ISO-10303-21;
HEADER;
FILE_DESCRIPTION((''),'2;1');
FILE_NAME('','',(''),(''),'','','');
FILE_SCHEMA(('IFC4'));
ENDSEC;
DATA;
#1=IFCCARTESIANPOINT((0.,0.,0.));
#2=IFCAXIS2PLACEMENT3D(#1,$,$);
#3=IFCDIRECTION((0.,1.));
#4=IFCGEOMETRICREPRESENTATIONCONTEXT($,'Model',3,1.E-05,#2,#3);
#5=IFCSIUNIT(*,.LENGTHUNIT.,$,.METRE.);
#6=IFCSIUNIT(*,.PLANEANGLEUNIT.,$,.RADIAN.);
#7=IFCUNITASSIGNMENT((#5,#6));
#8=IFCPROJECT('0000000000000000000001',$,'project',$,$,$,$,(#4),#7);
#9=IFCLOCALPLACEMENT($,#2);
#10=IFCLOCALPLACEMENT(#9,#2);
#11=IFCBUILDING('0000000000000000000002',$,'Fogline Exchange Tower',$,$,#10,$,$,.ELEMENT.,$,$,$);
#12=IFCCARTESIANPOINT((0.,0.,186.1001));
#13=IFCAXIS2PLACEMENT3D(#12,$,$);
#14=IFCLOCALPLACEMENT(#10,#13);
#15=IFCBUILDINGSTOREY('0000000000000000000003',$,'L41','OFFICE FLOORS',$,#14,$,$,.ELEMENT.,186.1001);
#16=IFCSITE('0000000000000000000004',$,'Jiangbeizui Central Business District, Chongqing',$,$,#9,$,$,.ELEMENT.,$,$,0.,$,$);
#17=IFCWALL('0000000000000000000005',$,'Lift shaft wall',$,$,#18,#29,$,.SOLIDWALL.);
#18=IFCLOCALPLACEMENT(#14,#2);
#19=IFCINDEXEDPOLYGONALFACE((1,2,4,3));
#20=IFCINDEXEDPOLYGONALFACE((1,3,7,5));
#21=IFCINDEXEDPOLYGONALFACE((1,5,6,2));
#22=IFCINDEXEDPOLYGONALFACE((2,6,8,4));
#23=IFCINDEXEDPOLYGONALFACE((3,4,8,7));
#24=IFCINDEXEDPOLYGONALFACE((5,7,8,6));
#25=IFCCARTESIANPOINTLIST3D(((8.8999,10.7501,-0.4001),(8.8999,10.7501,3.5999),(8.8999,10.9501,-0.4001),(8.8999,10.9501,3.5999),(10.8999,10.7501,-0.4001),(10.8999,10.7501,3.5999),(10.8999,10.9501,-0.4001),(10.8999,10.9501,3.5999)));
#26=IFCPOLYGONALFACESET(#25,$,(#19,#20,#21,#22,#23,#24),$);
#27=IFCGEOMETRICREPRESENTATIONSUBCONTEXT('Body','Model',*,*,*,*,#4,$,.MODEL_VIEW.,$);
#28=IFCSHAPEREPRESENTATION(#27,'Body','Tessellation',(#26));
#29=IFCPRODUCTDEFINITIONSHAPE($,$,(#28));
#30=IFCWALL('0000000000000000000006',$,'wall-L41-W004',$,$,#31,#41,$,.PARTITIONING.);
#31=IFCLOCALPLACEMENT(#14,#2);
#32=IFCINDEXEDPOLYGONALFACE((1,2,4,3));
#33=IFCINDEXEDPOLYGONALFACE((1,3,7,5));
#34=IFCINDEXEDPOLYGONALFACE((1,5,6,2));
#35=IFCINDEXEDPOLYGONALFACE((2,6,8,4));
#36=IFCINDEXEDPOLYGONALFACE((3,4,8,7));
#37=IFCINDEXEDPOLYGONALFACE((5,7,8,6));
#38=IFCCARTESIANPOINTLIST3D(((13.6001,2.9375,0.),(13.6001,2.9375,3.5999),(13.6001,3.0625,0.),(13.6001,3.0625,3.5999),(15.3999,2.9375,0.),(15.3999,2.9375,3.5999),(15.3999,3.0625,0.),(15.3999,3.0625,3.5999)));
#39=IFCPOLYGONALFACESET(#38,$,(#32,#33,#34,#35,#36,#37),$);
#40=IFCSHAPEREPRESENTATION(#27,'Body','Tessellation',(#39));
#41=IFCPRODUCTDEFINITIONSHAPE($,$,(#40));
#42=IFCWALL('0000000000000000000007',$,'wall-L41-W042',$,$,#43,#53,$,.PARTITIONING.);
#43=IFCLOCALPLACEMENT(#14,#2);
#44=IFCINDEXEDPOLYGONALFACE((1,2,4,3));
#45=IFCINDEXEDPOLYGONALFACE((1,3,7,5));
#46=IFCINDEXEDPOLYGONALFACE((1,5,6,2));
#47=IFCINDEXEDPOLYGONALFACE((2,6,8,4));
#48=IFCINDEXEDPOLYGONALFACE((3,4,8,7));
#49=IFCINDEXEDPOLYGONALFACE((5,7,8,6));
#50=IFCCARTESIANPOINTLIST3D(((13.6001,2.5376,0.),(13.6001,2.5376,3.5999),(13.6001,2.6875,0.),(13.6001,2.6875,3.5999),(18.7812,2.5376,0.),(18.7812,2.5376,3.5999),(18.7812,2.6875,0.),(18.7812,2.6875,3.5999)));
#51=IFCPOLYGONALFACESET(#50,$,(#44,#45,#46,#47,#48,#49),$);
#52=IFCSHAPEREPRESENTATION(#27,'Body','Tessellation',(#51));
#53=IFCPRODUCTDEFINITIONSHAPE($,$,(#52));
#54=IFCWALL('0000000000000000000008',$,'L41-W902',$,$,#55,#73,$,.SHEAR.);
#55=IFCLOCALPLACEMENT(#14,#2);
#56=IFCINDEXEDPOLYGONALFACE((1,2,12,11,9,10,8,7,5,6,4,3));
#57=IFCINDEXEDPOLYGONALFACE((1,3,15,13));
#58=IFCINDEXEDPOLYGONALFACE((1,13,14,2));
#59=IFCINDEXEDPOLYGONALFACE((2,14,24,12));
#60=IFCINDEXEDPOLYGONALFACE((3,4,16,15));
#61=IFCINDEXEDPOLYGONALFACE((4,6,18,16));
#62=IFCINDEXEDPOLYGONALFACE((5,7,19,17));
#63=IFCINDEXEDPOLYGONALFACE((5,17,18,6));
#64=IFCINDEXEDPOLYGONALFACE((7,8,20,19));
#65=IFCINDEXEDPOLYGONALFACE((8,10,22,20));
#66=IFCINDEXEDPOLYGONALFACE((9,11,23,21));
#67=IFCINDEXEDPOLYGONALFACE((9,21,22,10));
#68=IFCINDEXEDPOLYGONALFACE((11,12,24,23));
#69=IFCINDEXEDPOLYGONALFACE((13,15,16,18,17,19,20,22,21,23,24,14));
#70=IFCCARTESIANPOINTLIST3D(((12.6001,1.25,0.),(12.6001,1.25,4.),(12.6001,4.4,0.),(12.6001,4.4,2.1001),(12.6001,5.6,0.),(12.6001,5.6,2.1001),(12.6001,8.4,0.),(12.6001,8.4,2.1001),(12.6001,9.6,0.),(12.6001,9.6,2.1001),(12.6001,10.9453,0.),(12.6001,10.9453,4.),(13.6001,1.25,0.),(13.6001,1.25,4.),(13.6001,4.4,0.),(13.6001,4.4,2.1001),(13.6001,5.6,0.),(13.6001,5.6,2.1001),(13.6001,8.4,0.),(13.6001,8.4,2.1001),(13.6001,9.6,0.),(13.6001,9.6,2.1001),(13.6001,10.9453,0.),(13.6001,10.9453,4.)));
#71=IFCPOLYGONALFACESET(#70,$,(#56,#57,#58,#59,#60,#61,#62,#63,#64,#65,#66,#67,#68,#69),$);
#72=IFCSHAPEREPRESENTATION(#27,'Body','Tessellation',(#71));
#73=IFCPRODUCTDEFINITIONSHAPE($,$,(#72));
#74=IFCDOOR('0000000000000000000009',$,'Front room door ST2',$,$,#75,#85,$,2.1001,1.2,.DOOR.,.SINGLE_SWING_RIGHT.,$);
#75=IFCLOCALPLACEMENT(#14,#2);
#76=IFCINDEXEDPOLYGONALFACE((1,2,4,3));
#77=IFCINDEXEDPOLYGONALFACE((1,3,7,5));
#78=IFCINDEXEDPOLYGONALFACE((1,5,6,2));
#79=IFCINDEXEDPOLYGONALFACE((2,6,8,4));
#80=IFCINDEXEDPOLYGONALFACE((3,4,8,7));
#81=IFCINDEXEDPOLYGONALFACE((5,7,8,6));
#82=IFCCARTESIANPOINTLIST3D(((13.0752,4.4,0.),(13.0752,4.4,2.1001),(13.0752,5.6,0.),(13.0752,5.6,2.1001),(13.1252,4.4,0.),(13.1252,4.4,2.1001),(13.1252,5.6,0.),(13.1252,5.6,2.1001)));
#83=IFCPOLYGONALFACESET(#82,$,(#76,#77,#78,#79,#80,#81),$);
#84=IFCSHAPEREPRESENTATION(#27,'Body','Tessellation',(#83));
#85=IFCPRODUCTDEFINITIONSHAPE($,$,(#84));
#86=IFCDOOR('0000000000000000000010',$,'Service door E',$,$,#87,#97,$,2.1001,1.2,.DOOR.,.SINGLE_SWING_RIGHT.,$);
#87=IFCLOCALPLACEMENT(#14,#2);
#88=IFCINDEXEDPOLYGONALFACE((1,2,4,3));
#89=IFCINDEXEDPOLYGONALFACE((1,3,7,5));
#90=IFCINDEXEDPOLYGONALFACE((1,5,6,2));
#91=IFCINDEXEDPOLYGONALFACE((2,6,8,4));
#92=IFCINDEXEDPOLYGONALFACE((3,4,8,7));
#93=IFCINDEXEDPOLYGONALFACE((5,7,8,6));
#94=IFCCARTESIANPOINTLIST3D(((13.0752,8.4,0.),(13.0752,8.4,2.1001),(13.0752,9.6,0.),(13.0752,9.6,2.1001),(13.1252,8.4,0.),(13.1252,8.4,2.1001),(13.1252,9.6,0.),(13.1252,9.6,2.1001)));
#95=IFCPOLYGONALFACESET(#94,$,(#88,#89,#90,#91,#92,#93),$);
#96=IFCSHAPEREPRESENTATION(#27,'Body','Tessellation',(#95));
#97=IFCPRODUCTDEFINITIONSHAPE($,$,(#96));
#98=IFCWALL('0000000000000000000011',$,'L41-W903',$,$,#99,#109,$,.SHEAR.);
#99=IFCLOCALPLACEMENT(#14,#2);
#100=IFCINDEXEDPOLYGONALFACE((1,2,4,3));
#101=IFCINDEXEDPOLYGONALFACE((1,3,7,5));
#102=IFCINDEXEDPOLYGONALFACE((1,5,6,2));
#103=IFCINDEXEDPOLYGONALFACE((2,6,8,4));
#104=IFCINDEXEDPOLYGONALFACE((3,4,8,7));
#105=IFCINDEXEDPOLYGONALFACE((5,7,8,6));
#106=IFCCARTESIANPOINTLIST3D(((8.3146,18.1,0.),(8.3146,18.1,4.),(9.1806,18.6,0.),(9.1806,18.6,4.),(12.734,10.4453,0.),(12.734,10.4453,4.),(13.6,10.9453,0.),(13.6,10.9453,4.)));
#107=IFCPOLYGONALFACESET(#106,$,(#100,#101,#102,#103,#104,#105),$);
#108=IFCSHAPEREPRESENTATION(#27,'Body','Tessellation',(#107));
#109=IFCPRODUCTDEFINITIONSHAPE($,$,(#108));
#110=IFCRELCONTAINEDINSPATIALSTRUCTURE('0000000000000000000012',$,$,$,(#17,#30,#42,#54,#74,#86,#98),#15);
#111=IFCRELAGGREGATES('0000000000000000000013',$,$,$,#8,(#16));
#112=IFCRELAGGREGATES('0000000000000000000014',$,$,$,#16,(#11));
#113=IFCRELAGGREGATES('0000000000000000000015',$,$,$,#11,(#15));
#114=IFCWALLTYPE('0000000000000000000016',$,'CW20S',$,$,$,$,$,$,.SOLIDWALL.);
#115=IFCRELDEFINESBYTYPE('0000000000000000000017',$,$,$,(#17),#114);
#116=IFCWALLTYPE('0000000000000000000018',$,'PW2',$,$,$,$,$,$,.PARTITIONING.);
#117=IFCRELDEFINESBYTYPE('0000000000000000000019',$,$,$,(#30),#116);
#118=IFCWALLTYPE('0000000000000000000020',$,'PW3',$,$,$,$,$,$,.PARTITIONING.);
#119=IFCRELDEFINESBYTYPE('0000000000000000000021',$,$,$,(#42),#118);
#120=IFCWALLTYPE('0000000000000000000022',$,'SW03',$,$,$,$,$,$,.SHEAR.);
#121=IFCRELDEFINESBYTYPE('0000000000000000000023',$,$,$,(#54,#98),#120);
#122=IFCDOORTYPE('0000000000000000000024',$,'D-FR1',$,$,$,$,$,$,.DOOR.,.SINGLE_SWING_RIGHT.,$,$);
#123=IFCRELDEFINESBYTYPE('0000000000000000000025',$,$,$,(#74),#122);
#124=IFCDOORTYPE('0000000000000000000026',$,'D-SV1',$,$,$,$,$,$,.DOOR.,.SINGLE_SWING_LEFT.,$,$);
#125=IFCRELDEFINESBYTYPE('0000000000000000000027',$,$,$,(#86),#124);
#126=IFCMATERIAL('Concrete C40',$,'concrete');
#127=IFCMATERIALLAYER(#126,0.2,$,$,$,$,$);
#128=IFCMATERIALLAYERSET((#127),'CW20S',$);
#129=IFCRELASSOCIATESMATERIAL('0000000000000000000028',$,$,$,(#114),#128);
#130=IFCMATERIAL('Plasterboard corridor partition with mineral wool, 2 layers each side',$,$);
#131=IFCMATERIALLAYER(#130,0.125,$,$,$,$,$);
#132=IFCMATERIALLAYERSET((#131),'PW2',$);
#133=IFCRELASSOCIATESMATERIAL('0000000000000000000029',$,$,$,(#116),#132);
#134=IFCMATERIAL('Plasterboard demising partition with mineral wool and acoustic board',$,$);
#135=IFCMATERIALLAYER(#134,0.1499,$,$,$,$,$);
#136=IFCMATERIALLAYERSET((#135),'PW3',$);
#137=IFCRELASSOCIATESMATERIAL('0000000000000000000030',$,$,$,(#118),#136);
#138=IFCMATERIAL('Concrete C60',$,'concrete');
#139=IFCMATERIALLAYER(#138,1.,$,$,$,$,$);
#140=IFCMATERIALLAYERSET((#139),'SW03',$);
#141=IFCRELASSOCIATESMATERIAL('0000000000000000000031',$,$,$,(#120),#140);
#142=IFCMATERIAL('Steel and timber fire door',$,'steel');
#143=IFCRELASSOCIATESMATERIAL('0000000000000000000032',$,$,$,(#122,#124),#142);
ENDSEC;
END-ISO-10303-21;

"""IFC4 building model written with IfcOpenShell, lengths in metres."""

from ifc_helpers import new_model, si_unit, direction, frame, frame_2d, origin, place, context, subcontext, project, spatial, rectangle, extrude, material, layer, layer_set, type_object, element, fill, save


model = new_model("IFC4")

# Units and contexts
model_context = context("Model", 3, precision=1e-05, world=origin(), true_north=direction((0.0, 1.0)))
body_context = subcontext(model_context, "Body", "Model", "MODEL_VIEW")
ifc_project = project(units=[si_unit("LENGTHUNIT", "METRE"), si_unit("PLANEANGLEUNIT", "RADIAN")], contexts=[model_context])

# Site, building, storey
site_placement = place(None, origin())
site = spatial("IfcSite", under=ifc_project, at=site_placement, Name="Jiangbeizui Central Business District, Chongqing", CompositionType="ELEMENT", RefElevation=0.0)
building_placement = place(site_placement, origin())
building = spatial("IfcBuilding", under=site, at=building_placement, Name="Fogline Exchange Tower", CompositionType="ELEMENT")
storey_placement = place(building_placement, frame((0.0, 0.0, 186.1001)))
storey = spatial("IfcBuildingStorey", under=building, at=storey_placement, Name="L41", Description="OFFICE FLOORS", CompositionType="ELEMENT", Elevation=186.1001)

# Shared definitions
ifc_material_1 = material(Name="Concrete C60", Category="concrete")

# Shared definitions
ifc_material_2 = material(Name="Concrete C40", Category="concrete")

# Shared definitions
ifc_material_3 = material(Name="Steel and timber fire door", Category="steel")

# Walls
ifc_layer_1 = layer(ifc_material_2, 0.2)
ifc_layer_set_1 = layer_set([ifc_layer_1], Name="CW20S")
wall_type_1 = type_object("IfcWallType", Name="CW20S", PredefinedType="SOLIDWALL", material=ifc_layer_set_1)
for number, where, z_axis, x_axis, name in (
    (1, (8.8999, 10.8501, -0.4001), (0.0, 0.0, 1.0), (1.0, 0.0, 0.0), "Lift shaft wall"),
):
    element("IfcWall", number, at=place(storey_placement, frame(where, z_axis=z_axis, x_axis=x_axis)), inside=storey, type_object=wall_type_1, Name=name, PredefinedType="SOLIDWALL", context=body_context, shape_type="SweptSolid", body=[
        extrude(rectangle(XDim=2.0, YDim=0.2, at=frame_2d((1.0, 0.0))), origin(), (0.0, 0.0, 1.0), 4.0),
    ])
ifc_material_4 = material(Name="Plasterboard corridor partition with mineral wool, 2 layers each side")
ifc_layer_2 = layer(ifc_material_4, 0.125)
ifc_layer_set_2 = layer_set([ifc_layer_2], Name="PW2")
wall_type_2 = type_object("IfcWallType", Name="PW2", PredefinedType="PARTITIONING", material=ifc_layer_set_2)
wall_1_placement = place(storey_placement, frame((15.3999, 3.0, 0.0), z_axis=(0.0, 0.0, 1.0), x_axis=(-1.0, 0.0, 0.0)))
element("IfcWall", 2, at=wall_1_placement, inside=storey, type_object=wall_type_2, Name="wall-L41-W004", PredefinedType="PARTITIONING", context=body_context, shape_type="SweptSolid", body=[
    extrude(rectangle(XDim=1.7998, YDim=0.125, at=frame_2d((0.8999, 0.0))), origin(), (0.0, 0.0, 1.0), 3.5999),
])
ifc_material_5 = material(Name="Plasterboard demising partition with mineral wool and acoustic board")
ifc_layer_3 = layer(ifc_material_5, 0.1499)
ifc_layer_set_3 = layer_set([ifc_layer_3], Name="PW3")
wall_type_3 = type_object("IfcWallType", Name="PW3", PredefinedType="PARTITIONING", material=ifc_layer_set_3)
wall_2_placement = place(storey_placement, frame((13.6001, 2.6125, 0.0), z_axis=(0.0, 0.0, 1.0), x_axis=(1.0, 0.0, 0.0)))
element("IfcWall", 3, at=wall_2_placement, inside=storey, type_object=wall_type_3, Name="wall-L41-W042", PredefinedType="PARTITIONING", context=body_context, shape_type="SweptSolid", body=[
    extrude(rectangle(XDim=5.1812, YDim=0.1499, at=frame_2d((2.5906, 0.0))), origin(), (0.0, 0.0, 1.0), 3.5999),
])

# Wall, openings, doors
ifc_layer_4 = layer(ifc_material_1, 1.0)
ifc_layer_set_4 = layer_set([ifc_layer_4], Name="SW03")
wall_type_4 = type_object("IfcWallType", Name="SW03", PredefinedType="SHEAR", material=ifc_layer_set_4)
wall_3_placement = place(storey_placement, frame((13.1001, 1.25, 0.0), z_axis=(0.0, 0.0, 1.0), x_axis=(0.0, 1.0, 0.0)))
wall_3 = element("IfcWall", 4, at=wall_3_placement, inside=storey, type_object=wall_type_4, Name="L41-W902", PredefinedType="SHEAR", context=body_context, shape_type="SweptSolid", body=[
    extrude(rectangle(XDim=9.6953, YDim=1.0, at=frame_2d((4.8477, 0.0))), origin(), (0.0, 0.0, 1.0), 4.0),
])
opening_1_placement = place(wall_3_placement, frame((3.1499, 0.0, 0.0)))
opening_1 = element("IfcOpeningElement", 5, at=opening_1_placement, cuts=wall_3, PredefinedType="OPENING", context=body_context, shape_type="SweptSolid", body=[
    extrude(rectangle(XDim=1.2, YDim=2.1001, at=frame_2d((0.6001, 1.05))), frame((0.0, 0.51, 0.0), z_axis=(0.0, -1.0, 0.0), x_axis=(1.0, 0.0, 0.0)), (0.0, 0.0, 1.0), 1.02),
])
opening_2_placement = place(wall_3_placement, frame((7.1499, 0.0, 0.0)))
opening_2 = element("IfcOpeningElement", 6, at=opening_2_placement, cuts=wall_3, PredefinedType="OPENING", context=body_context, shape_type="SweptSolid", body=[
    extrude(rectangle(XDim=1.2, YDim=2.1001, at=frame_2d((0.6001, 1.05))), frame((0.0, 0.51, 0.0), z_axis=(0.0, -1.0, 0.0), x_axis=(1.0, 0.0, 0.0)), (0.0, 0.0, 1.0), 1.02),
])
door_type_1 = type_object("IfcDoorType", Name="D-FR1", OperationType="SINGLE_SWING_RIGHT", PredefinedType="DOOR", material=ifc_material_3)
door_1_placement = place(opening_1_placement, origin())
door_1 = element("IfcDoor", 7, at=door_1_placement, inside=storey, type_object=door_type_1, Name="Front room door ST2", OperationType="SINGLE_SWING_RIGHT", OverallHeight=2.1001, OverallWidth=1.2, PredefinedType="DOOR", context=body_context, shape_type="SweptSolid", body=[
    extrude(rectangle(XDim=1.2, YDim=2.1001, at=frame_2d((0.6001, 1.05))), frame((0.0, 0.0249, 0.0), z_axis=(0.0, -1.0, 0.0), x_axis=(1.0, 0.0, 0.0)), (0.0, 0.0, 1.0), 0.05),
])
fill(opening_1, door_1)
door_type_2 = type_object("IfcDoorType", Name="D-SV1", OperationType="SINGLE_SWING_LEFT", PredefinedType="DOOR", material=ifc_material_3)
door_2_placement = place(opening_2_placement, origin())
door_2 = element("IfcDoor", 8, at=door_2_placement, inside=storey, type_object=door_type_2, Name="Service door E", OperationType="SINGLE_SWING_RIGHT", OverallHeight=2.1001, OverallWidth=1.2, PredefinedType="DOOR", context=body_context, shape_type="SweptSolid", body=[
    extrude(rectangle(XDim=1.2, YDim=2.1001, at=frame_2d((0.6001, 1.05))), frame((0.0, 0.0249, 0.0), z_axis=(0.0, -1.0, 0.0), x_axis=(1.0, 0.0, 0.0)), (0.0, 0.0, 1.0), 0.05),
])
fill(opening_2, door_2)

# Wall
wall_4_placement = place(storey_placement, frame((13.167, 10.6953, 0.0), z_axis=(0.0, 0.0, 1.0), x_axis=(-0.499995, 0.866028, 0.0)))
element("IfcWall", 9, at=wall_4_placement, inside=storey, type_object=wall_type_4, Name="L41-W903", PredefinedType="SHEAR", context=body_context, shape_type="SweptSolid", body=[
    extrude(rectangle(XDim=8.8389, YDim=1.0, at=frame_2d((4.4194, 0.0))), origin(), (0.0, 0.0, 1.0), 4.0),
])

save(model, "model.ifc")
